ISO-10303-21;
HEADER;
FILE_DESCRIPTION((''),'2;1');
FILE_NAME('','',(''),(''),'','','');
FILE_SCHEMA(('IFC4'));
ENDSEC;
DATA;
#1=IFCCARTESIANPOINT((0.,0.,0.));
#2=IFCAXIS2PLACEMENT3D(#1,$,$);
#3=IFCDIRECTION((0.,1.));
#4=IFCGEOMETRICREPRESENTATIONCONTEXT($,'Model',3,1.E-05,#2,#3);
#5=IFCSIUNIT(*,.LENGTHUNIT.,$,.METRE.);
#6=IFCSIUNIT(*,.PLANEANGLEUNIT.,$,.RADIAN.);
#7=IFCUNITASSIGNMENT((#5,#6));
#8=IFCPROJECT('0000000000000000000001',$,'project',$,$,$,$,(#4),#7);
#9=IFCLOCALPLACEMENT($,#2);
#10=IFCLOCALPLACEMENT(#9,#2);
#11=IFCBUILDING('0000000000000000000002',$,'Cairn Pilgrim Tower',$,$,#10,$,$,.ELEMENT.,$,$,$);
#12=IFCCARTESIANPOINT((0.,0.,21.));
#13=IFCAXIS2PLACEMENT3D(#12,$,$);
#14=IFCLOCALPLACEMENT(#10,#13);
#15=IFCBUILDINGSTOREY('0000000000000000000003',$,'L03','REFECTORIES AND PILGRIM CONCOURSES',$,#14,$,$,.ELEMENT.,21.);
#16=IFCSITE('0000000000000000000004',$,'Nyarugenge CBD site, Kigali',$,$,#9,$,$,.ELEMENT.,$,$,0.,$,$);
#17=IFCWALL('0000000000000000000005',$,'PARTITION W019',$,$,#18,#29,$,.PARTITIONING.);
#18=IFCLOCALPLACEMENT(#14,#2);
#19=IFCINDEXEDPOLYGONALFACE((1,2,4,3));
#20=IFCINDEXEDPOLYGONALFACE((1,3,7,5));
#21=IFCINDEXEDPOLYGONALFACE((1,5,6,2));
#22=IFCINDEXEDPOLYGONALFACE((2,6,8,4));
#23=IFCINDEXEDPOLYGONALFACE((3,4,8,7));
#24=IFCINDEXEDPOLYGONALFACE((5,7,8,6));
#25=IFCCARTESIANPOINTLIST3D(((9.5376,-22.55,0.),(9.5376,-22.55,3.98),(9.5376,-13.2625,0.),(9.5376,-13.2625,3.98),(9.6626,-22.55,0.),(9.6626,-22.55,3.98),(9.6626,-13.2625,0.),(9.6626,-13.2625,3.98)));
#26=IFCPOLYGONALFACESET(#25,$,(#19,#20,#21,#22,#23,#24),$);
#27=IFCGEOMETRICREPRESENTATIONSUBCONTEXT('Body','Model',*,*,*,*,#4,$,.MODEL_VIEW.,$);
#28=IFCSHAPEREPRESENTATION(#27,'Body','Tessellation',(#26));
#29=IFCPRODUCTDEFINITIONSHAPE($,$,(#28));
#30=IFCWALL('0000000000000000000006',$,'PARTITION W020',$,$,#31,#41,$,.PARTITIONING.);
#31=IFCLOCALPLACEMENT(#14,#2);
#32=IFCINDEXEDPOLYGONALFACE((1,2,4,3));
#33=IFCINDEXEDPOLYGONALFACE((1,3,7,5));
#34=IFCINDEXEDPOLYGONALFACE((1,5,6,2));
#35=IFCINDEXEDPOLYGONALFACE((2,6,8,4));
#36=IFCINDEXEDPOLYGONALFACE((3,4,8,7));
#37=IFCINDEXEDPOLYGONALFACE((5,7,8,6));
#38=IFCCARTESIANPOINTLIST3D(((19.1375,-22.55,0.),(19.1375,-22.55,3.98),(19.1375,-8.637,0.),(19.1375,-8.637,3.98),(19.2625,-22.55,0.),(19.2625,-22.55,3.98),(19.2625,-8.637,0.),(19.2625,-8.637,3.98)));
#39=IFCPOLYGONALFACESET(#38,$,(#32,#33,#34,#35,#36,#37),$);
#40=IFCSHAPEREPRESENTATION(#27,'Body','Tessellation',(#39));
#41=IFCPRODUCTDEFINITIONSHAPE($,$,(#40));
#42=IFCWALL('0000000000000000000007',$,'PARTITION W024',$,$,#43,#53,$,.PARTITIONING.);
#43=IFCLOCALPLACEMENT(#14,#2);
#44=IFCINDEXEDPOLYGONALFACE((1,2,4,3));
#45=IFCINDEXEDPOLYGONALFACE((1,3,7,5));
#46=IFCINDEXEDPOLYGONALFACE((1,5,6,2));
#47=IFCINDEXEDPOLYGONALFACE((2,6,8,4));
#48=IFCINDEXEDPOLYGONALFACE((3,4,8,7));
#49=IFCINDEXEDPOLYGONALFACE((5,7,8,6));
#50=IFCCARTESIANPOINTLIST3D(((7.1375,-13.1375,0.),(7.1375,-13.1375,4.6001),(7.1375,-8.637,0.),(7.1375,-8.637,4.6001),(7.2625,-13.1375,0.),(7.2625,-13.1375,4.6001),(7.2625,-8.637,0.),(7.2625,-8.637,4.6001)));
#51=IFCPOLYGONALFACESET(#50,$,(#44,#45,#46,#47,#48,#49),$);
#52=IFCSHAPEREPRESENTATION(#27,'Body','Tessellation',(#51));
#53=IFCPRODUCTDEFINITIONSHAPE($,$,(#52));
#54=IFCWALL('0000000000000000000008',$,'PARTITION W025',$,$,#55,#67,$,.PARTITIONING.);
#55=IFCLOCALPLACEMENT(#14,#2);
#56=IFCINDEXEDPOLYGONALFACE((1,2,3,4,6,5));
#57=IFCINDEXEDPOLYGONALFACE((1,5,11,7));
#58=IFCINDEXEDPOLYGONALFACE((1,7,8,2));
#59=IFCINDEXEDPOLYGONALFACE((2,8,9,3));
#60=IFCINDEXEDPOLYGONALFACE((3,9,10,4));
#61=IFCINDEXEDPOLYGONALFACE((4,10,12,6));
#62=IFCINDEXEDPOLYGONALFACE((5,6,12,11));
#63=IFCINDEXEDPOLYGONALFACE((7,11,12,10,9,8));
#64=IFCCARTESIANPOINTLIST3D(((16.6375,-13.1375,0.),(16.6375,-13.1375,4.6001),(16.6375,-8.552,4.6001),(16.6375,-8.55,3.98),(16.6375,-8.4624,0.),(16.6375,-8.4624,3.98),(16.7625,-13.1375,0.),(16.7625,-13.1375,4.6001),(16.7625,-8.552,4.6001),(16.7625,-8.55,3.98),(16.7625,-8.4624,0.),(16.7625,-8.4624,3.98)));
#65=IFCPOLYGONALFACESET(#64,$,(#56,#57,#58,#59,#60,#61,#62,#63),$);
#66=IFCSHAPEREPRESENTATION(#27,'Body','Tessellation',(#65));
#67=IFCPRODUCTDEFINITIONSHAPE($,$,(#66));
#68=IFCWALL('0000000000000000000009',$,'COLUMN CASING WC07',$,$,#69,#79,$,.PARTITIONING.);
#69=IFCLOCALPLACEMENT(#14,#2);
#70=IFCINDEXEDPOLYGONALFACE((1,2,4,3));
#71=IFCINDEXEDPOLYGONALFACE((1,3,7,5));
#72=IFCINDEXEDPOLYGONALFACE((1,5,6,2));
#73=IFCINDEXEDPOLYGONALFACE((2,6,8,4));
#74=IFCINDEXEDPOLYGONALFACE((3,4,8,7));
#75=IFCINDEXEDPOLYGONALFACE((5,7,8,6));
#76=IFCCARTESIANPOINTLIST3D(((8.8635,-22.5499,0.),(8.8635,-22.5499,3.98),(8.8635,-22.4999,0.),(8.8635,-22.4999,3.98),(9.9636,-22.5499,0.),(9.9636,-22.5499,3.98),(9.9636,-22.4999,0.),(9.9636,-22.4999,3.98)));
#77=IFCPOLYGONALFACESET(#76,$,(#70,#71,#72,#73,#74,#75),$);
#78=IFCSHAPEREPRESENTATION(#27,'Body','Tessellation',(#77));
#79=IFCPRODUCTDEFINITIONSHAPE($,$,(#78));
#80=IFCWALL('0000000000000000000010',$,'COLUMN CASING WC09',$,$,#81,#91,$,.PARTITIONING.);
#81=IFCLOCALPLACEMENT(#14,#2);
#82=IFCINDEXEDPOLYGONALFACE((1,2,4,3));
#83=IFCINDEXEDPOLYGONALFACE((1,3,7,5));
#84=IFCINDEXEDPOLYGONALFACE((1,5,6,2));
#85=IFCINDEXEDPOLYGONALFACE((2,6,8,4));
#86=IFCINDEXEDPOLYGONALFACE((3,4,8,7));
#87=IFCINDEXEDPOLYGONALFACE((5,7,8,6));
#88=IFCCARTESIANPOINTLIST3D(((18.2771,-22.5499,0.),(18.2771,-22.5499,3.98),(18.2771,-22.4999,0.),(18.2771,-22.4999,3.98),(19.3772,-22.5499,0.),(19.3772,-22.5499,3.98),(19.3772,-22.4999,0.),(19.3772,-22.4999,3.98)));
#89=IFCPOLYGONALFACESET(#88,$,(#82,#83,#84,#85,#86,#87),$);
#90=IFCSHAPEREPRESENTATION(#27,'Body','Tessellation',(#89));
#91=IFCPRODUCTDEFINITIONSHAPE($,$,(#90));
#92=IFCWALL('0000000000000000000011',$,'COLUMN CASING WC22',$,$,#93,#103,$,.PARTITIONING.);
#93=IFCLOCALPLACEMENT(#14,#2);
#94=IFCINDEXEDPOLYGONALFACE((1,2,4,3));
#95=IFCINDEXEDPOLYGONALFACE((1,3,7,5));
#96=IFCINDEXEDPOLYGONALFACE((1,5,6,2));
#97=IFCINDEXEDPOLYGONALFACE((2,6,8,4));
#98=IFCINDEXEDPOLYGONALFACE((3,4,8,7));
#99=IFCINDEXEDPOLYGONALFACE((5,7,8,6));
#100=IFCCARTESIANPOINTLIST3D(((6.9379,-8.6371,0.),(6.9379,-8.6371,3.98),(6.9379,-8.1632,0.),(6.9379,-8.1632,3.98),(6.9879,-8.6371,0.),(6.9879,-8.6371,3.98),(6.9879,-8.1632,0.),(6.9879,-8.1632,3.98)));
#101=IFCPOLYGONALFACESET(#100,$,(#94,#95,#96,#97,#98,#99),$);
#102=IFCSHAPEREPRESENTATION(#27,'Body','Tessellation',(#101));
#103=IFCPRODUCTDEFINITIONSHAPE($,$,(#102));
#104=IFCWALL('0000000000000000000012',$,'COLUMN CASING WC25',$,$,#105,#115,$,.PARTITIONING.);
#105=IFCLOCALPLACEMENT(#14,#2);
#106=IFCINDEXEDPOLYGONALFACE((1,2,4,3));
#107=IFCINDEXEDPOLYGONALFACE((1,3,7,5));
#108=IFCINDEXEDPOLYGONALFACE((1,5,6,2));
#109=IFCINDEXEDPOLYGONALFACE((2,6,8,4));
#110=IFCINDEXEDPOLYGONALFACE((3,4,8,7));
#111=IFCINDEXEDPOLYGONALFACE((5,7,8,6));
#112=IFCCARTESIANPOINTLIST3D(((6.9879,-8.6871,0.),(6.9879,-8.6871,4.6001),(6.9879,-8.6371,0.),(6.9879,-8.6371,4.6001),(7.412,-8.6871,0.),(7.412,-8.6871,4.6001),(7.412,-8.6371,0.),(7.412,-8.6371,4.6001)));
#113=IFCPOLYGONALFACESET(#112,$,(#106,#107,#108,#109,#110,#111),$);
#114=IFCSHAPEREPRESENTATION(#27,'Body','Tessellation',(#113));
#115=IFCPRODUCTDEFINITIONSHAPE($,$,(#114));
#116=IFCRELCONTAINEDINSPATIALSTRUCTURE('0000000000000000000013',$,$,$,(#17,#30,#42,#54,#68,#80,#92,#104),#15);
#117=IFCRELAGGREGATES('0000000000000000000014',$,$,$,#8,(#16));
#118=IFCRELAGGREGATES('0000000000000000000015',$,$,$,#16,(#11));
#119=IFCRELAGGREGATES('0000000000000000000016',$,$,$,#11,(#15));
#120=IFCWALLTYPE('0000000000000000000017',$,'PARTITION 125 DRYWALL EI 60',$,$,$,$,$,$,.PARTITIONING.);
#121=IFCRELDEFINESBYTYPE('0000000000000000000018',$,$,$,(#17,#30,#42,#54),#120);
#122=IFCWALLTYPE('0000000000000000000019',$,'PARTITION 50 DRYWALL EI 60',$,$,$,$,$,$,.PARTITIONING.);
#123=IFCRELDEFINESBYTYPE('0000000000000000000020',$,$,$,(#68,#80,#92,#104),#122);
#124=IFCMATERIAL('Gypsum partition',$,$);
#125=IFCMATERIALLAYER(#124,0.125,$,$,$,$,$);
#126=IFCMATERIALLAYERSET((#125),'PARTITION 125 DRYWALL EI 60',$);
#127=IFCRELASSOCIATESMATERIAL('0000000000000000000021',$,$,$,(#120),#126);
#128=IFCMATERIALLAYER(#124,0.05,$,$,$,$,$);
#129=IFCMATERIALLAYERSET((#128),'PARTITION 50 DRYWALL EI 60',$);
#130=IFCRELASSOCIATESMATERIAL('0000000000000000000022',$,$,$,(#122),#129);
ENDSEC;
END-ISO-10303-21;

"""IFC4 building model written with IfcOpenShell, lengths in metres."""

from ifc_helpers import new_model, si_unit, direction, frame, frame_2d, origin, place, context, subcontext, project, spatial, polyline, rectangle, outline, extrude, material, layer, layer_set, type_object, element, save


model = new_model("IFC4")

# Units and contexts
model_context = context("Model", 3, precision=1e-05, world=origin(), true_north=direction((0.0, 1.0)))
body_context = subcontext(model_context, "Body", "Model", "MODEL_VIEW")
ifc_project = project(units=[si_unit("LENGTHUNIT", "METRE"), si_unit("PLANEANGLEUNIT", "RADIAN")], contexts=[model_context])

# Site, building, storey
site_placement = place(None, origin())
site = spatial("IfcSite", under=ifc_project, at=site_placement, Name="Nyarugenge CBD site, Kigali", CompositionType="ELEMENT", RefElevation=0.0)
building_placement = place(site_placement, origin())
building = spatial("IfcBuilding", under=site, at=building_placement, Name="Cairn Pilgrim Tower", CompositionType="ELEMENT")
storey_placement = place(building_placement, frame((0.0, 0.0, 21.0)))
storey = spatial("IfcBuildingStorey", under=building, at=storey_placement, Name="L03", Description="REFECTORIES AND PILGRIM CONCOURSES", CompositionType="ELEMENT", Elevation=21.0)

# Shared definitions
ifc_material_1 = material(Name="Gypsum partition")
ifc_layer_1 = layer(ifc_material_1, 0.125)
ifc_layer_set_1 = layer_set([ifc_layer_1], Name="PARTITION 125 DRYWALL EI 60")
wall_type_1 = type_object("IfcWallType", Name="PARTITION 125 DRYWALL EI 60", PredefinedType="PARTITIONING", material=ifc_layer_set_1)

# Walls
wall_1_placement = place(storey_placement, frame((9.6001, -22.55, 0.0), z_axis=(0.0, 0.0, 1.0), x_axis=(0.0, 1.0, 0.0)))
element("IfcWall", 1, at=wall_1_placement, inside=storey, type_object=wall_type_1, Name="PARTITION W019", PredefinedType="PARTITIONING", context=body_context, shape_type="SweptSolid", body=[
    extrude(rectangle(XDim=9.2876, YDim=0.125, at=frame_2d((4.6438, 0.0))), origin(), (0.0, 0.0, 1.0), 3.98),
])
wall_2_placement = place(storey_placement, frame((19.2, -22.55, 0.0), z_axis=(0.0, 0.0, 1.0), x_axis=(0.0, 1.0, 0.0)))
element("IfcWall", 2, at=wall_2_placement, inside=storey, type_object=wall_type_1, Name="PARTITION W020", PredefinedType="PARTITIONING", context=body_context, shape_type="SweptSolid", body=[
    extrude(rectangle(XDim=13.9131, YDim=0.125, at=frame_2d((6.9565, 0.0))), origin(), (0.0, 0.0, 1.0), 3.98),
])
wall_3_placement = place(storey_placement, frame((7.2, -13.1375, 0.0), z_axis=(0.0, 0.0, 1.0), x_axis=(0.0, 1.0, 0.0)))
element("IfcWall", 3, at=wall_3_placement, inside=storey, type_object=wall_type_1, Name="PARTITION W024", PredefinedType="PARTITIONING", context=body_context, shape_type="SweptSolid", body=[
    extrude(rectangle(XDim=4.5005, YDim=0.125, at=frame_2d((2.2502, 0.0))), origin(), (0.0, 0.0, 1.0), 4.6001),
])
wall_4_placement = place(storey_placement, frame((16.7, -13.1375, 0.0), z_axis=(0.0, 0.0, 1.0), x_axis=(0.0, 1.0, 0.0)))
element("IfcWall", 4, at=wall_4_placement, inside=storey, type_object=wall_type_1, Name="PARTITION W025", PredefinedType="PARTITIONING", context=body_context, shape_type="SweptSolid", body=[
    extrude(outline(polyline([(0.0, 0.0), (4.675, 0.0), (4.675, 3.98), (4.5874, 3.98), (4.5854, 4.6001), (0.0, 4.6001), (0.0, 0.0)])), frame((0.0, 0.0625, 0.0), z_axis=(0.0, -1.0, 0.0), x_axis=(1.0, 0.0, 0.0)), (0.0, 0.0, 1.0), 0.125),
])
ifc_layer_2 = layer(ifc_material_1, 0.05)
ifc_layer_set_2 = layer_set([ifc_layer_2], Name="PARTITION 50 DRYWALL EI 60")
wall_type_2 = type_object("IfcWallType", Name="PARTITION 50 DRYWALL EI 60", PredefinedType="PARTITIONING", material=ifc_layer_set_2)
for number, where, z_axis, x_axis, name in (
    (5, (8.8635, -22.5249, 0.0), (0.0, 0.0, 1.0), (1.0, 0.0, 0.0), "COLUMN CASING WC07"),
    (6, (18.2771, -22.5249, 0.0), (0.0, 0.0, 1.0), (1.0, 0.0, 0.0), "COLUMN CASING WC09"),
):
    element("IfcWall", number, at=place(storey_placement, frame(where, z_axis=z_axis, x_axis=x_axis)), inside=storey, type_object=wall_type_2, Name=name, PredefinedType="PARTITIONING", context=body_context, shape_type="SweptSolid", body=[
        extrude(rectangle(XDim=1.1001, YDim=0.05, at=frame_2d((0.55, 0.0))), origin(), (0.0, 0.0, 1.0), 3.98),
    ])
wall_5_placement = place(storey_placement, frame((6.9629, -8.637, 0.0), z_axis=(0.0, 0.0, 1.0), x_axis=(0.0, 1.0, 0.0)))
element("IfcWall", 7, at=wall_5_placement, inside=storey, type_object=wall_type_2, Name="COLUMN CASING WC22", PredefinedType="PARTITIONING", context=body_context, shape_type="SweptSolid", body=[
    extrude(rectangle(XDim=0.4739, YDim=0.05, at=frame_2d((0.2368, 0.0))), origin(), (0.0, 0.0, 1.0), 3.98),
])
wall_6_placement = place(storey_placement, frame((6.988, -8.6621, 0.0), z_axis=(0.0, 0.0, 1.0), x_axis=(1.0, 0.0, 0.0)))
element("IfcWall", 8, at=wall_6_placement, inside=storey, type_object=wall_type_2, Name="COLUMN CASING WC25", PredefinedType="PARTITIONING", context=body_context, shape_type="SweptSolid", body=[
    extrude(rectangle(XDim=0.4241, YDim=0.05, at=frame_2d((0.2119, 0.0))), origin(), (0.0, 0.0, 1.0), 4.6001),
])

save(model, "model.ifc")
